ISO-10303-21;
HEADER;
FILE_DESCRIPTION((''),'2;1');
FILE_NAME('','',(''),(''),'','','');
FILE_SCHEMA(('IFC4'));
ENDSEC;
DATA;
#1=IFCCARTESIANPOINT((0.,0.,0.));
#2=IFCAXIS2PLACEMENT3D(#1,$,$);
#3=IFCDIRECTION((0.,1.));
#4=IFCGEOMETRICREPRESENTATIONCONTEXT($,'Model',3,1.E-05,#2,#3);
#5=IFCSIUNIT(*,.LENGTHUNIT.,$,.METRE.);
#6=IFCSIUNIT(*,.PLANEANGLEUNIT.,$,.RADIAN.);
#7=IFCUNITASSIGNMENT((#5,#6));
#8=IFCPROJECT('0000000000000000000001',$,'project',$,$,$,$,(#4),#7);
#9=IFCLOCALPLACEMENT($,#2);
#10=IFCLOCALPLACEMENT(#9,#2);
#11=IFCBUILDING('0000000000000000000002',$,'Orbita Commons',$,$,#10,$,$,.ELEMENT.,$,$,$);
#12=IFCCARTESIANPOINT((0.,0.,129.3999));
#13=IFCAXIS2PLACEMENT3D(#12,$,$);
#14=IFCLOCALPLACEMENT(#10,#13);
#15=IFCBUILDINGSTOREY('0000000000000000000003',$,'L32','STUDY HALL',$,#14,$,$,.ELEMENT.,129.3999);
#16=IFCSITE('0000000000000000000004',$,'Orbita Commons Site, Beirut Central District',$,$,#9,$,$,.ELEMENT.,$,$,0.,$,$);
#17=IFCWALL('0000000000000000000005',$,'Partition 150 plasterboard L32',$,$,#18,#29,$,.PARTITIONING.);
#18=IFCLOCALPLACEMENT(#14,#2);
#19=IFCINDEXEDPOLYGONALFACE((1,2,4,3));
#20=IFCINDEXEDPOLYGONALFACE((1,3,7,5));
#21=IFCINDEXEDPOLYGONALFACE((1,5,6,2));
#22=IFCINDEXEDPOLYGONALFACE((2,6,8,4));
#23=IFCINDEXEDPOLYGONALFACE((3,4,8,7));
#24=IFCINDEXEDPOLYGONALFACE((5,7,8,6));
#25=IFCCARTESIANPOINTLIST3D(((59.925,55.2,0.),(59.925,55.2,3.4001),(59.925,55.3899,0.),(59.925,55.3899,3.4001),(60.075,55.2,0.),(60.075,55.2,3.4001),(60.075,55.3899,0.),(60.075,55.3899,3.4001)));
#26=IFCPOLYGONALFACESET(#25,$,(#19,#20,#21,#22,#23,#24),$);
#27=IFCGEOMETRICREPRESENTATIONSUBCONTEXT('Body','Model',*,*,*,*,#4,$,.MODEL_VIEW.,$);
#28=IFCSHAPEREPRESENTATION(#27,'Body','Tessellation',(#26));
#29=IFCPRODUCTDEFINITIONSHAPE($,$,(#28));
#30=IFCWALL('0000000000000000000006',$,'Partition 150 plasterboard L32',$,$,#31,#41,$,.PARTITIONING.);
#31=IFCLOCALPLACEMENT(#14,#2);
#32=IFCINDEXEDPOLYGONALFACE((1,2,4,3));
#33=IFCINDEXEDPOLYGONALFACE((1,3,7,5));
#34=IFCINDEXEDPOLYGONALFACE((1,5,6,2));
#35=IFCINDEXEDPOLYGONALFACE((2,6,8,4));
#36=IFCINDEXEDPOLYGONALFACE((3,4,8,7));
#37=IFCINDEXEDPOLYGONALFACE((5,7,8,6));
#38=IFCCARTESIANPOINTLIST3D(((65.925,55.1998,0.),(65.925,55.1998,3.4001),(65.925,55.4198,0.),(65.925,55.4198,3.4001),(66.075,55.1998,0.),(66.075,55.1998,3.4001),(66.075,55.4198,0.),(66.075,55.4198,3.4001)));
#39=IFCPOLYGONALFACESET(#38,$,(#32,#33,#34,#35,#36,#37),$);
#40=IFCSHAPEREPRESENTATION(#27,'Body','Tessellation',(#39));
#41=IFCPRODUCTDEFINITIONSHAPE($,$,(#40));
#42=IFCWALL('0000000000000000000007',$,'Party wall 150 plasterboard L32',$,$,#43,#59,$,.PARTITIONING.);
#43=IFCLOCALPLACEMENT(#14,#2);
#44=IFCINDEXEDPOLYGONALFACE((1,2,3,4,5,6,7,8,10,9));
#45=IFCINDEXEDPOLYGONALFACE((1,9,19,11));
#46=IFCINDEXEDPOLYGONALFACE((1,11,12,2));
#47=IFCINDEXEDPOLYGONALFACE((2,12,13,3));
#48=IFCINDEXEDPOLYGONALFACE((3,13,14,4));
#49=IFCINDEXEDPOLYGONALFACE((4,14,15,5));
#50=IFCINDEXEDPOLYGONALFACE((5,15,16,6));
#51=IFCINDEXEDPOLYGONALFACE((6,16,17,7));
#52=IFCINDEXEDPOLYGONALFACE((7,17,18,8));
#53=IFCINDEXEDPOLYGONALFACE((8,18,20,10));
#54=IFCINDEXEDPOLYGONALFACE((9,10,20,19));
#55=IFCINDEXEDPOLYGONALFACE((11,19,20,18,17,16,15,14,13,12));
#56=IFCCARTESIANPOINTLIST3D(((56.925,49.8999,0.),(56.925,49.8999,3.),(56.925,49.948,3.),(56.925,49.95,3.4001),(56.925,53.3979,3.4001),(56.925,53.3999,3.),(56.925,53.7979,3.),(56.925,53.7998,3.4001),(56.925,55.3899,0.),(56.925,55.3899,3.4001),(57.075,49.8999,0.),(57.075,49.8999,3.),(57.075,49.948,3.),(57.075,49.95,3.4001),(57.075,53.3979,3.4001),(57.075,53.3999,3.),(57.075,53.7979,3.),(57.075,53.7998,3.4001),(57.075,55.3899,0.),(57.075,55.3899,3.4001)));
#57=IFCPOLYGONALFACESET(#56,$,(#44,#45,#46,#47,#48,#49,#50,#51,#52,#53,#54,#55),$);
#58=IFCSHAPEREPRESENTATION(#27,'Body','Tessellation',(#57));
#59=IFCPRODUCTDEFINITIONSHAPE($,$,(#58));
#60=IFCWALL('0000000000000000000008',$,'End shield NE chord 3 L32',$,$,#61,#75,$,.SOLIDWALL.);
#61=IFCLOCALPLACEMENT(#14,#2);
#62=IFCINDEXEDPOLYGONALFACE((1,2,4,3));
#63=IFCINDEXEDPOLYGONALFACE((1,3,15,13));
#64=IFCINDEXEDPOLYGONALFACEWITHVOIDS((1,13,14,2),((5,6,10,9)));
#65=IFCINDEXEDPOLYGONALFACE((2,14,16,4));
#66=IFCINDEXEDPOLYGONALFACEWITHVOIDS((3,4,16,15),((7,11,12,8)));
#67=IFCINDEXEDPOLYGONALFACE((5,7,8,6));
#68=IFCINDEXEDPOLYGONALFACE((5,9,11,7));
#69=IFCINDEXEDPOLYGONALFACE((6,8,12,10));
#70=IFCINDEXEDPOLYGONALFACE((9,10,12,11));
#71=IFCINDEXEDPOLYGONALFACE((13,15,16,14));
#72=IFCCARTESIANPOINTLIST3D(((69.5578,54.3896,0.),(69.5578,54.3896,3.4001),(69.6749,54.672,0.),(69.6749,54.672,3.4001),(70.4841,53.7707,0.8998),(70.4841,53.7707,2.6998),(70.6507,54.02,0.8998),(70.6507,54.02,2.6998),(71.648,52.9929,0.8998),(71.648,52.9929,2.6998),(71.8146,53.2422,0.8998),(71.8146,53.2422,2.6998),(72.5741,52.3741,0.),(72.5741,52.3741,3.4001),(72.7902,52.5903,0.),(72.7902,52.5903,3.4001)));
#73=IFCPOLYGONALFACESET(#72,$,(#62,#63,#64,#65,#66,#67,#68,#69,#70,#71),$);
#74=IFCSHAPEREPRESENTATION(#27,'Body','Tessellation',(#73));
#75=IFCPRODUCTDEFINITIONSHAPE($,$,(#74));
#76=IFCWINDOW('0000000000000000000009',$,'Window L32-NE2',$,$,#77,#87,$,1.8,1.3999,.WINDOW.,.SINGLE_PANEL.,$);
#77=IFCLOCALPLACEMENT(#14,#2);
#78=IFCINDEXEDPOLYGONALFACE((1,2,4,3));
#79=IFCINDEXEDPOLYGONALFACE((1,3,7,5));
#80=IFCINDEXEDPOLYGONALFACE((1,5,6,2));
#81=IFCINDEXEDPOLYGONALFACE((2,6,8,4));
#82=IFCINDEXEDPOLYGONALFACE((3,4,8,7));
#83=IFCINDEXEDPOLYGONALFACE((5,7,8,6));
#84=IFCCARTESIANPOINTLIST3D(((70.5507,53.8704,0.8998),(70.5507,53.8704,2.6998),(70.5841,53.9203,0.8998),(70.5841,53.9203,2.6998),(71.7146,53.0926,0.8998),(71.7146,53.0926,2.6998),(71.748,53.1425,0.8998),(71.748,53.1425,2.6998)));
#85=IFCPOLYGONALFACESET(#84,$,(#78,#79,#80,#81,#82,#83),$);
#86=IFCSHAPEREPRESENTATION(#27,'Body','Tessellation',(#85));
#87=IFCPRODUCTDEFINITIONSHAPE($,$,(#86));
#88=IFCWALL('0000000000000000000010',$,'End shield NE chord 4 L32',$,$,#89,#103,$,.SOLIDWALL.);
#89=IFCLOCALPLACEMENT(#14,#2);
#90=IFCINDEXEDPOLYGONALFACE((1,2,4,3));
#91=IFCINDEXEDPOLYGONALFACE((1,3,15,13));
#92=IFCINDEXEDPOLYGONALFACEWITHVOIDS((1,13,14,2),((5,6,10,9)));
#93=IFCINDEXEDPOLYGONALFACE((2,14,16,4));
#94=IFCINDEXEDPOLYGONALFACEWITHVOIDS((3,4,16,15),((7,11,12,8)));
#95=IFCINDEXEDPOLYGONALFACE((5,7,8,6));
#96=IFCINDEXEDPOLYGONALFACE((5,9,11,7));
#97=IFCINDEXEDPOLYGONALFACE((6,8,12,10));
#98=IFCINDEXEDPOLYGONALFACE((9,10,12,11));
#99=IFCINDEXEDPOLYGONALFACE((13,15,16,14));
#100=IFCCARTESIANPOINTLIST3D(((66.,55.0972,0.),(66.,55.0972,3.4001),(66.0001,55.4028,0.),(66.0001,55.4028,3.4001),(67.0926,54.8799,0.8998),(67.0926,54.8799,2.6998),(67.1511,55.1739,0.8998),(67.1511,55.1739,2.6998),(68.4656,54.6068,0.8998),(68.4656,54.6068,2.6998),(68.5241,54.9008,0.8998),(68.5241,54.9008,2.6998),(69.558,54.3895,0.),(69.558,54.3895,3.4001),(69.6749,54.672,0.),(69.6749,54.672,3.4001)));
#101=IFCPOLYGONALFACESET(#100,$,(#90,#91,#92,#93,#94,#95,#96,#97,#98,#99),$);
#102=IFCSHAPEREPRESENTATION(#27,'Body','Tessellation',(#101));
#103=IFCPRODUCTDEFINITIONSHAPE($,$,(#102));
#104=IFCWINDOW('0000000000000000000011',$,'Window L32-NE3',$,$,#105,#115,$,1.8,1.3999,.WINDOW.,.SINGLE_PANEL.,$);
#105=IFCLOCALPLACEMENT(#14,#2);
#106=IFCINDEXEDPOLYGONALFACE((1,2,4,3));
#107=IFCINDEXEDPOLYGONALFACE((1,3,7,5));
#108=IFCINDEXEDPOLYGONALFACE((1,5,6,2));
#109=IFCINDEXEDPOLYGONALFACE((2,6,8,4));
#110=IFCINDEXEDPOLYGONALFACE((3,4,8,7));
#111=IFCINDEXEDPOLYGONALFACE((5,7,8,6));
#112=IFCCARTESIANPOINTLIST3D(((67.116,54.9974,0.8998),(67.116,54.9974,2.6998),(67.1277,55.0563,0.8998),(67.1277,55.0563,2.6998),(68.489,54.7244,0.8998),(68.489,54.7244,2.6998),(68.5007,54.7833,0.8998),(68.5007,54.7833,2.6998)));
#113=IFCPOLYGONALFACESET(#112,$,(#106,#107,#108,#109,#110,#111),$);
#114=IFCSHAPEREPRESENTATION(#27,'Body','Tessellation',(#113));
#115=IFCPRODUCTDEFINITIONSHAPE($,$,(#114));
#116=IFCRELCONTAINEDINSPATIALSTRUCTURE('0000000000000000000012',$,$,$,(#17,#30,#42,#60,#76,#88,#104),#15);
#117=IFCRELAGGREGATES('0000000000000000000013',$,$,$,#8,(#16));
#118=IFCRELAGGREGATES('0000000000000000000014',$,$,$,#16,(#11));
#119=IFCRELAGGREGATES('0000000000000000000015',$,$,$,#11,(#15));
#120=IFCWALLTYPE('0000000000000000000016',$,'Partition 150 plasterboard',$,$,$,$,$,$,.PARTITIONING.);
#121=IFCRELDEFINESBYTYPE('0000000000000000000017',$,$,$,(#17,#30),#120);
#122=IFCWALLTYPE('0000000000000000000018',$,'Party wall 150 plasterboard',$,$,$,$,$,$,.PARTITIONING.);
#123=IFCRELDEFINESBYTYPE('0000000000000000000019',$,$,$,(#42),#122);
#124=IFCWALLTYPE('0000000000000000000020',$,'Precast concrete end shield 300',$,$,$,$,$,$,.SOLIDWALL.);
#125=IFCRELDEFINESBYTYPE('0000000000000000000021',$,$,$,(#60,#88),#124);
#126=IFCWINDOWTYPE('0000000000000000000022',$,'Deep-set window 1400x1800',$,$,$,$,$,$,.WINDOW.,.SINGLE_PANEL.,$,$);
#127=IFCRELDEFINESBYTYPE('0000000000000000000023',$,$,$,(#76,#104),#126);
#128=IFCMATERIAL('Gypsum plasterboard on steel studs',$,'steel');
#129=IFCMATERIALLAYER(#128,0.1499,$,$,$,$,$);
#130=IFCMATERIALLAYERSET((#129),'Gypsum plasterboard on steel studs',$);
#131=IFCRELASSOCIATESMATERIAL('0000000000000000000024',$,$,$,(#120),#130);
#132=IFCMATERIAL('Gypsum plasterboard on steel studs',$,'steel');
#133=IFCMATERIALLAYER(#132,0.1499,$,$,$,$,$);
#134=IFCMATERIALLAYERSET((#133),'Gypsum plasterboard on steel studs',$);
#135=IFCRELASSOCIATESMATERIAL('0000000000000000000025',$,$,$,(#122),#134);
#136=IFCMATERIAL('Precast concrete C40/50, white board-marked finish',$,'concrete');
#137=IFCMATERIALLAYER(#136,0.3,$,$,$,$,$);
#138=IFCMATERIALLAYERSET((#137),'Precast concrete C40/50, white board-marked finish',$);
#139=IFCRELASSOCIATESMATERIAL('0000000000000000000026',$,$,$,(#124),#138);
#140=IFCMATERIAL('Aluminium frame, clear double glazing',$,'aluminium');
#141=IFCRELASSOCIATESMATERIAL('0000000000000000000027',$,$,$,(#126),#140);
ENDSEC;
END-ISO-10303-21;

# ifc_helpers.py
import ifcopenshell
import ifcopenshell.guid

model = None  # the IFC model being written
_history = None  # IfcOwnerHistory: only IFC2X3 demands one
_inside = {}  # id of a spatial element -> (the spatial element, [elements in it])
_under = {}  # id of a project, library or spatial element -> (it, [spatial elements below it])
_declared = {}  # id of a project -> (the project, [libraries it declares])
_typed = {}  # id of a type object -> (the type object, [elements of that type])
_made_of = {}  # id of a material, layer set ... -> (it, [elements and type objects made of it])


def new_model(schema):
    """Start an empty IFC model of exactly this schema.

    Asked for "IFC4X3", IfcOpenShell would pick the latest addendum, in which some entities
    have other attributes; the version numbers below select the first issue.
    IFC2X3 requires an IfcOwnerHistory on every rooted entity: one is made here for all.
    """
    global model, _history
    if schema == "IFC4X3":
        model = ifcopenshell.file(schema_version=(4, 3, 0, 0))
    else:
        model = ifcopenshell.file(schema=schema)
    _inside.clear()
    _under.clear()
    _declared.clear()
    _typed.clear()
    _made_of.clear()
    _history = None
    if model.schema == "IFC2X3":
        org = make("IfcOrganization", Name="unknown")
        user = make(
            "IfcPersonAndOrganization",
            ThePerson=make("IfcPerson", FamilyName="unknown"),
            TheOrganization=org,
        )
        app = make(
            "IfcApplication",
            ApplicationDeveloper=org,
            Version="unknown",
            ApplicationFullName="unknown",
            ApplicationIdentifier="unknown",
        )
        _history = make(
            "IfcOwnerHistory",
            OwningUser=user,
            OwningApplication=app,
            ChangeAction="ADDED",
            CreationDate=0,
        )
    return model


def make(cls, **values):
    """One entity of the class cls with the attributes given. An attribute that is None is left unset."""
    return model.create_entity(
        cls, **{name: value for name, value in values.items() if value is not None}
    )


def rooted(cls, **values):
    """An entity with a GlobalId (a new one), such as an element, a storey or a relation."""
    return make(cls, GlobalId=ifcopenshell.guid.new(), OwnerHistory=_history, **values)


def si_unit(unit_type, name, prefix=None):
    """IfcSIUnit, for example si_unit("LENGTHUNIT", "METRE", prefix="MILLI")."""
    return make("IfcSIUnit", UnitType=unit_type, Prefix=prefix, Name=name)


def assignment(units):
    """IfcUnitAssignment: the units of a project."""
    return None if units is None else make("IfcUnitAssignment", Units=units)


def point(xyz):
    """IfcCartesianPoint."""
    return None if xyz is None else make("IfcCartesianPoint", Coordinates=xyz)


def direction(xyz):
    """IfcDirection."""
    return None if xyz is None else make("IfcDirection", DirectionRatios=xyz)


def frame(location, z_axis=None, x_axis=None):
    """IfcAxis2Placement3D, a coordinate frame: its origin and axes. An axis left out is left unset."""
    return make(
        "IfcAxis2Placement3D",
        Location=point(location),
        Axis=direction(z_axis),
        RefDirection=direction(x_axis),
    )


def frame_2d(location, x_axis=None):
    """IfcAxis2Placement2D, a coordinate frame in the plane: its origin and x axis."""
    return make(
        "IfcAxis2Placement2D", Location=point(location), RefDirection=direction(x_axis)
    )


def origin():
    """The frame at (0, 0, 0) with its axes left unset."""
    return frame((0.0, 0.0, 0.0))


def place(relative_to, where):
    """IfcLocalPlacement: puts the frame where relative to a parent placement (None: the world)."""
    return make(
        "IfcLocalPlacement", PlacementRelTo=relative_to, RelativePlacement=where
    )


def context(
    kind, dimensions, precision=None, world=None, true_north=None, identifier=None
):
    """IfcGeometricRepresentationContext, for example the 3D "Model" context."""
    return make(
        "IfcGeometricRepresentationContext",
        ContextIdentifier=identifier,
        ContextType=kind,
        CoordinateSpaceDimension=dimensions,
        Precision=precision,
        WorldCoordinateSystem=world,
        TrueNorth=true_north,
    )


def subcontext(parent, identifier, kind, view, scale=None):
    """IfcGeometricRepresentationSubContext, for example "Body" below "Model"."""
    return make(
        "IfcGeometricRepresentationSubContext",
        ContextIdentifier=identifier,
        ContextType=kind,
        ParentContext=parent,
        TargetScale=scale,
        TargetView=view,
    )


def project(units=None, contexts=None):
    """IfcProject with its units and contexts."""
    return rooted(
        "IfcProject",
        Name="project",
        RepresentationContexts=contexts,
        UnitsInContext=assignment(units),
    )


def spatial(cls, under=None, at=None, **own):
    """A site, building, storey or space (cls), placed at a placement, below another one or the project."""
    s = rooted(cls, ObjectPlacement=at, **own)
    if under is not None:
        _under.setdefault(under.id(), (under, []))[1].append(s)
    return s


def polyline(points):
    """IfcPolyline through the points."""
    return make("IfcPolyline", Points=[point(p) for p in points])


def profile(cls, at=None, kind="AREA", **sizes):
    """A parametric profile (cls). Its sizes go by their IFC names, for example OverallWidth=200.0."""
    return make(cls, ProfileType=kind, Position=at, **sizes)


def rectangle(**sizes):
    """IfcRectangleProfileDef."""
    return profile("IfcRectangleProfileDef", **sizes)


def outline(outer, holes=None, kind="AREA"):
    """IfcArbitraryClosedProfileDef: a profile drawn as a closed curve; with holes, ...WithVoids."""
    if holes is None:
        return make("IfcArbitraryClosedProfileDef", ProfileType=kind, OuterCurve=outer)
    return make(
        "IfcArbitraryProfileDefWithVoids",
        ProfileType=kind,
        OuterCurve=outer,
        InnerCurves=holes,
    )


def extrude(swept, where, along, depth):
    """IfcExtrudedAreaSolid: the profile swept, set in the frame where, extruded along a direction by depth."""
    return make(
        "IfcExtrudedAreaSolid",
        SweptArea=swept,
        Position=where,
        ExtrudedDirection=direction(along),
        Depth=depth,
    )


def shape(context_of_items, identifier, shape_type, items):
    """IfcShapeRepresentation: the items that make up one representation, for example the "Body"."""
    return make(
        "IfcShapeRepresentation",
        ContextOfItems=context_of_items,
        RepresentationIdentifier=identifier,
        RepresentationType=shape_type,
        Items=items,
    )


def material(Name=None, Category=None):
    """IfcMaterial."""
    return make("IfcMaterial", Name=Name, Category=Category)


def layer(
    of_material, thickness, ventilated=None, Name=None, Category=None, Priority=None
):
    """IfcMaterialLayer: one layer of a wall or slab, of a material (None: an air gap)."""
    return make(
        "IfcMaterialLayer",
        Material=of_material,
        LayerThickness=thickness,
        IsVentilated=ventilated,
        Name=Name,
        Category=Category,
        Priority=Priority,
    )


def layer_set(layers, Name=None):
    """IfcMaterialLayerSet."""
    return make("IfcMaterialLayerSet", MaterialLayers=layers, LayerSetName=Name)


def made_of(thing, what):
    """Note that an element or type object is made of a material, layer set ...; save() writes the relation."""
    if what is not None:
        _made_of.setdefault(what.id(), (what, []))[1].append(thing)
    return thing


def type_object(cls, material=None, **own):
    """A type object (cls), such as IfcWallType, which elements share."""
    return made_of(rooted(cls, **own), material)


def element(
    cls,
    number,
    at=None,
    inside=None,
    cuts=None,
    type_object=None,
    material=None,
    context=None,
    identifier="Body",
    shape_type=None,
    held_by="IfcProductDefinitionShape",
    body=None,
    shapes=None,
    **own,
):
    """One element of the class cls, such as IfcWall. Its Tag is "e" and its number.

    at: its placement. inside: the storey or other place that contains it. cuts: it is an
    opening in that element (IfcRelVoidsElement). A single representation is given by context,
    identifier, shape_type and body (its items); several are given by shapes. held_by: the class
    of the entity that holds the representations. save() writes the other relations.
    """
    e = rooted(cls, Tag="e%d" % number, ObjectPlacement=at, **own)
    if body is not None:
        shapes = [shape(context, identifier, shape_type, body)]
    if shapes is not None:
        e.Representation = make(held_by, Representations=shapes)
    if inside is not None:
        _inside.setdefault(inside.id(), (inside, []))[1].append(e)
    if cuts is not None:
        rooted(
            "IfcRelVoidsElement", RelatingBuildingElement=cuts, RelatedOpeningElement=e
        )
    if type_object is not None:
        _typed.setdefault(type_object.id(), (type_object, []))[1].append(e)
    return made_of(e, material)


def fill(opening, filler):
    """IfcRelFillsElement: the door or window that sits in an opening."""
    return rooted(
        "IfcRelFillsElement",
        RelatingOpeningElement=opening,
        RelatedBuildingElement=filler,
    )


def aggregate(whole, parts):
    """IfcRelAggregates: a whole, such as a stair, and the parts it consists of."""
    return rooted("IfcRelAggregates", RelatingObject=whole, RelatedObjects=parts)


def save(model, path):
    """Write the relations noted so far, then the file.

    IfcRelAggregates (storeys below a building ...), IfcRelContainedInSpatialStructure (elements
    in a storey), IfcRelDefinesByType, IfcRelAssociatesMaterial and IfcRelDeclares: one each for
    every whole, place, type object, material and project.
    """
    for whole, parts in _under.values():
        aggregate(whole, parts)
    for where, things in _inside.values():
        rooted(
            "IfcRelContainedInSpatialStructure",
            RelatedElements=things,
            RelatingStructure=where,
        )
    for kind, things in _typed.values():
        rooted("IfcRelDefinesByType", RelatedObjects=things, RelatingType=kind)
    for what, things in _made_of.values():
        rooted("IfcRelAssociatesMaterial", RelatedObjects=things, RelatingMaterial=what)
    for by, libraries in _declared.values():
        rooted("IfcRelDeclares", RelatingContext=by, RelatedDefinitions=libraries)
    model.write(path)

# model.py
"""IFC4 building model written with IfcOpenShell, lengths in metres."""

from ifc_helpers import new_model, si_unit, direction, frame, frame_2d, origin, place, context, subcontext, project, spatial, polyline, rectangle, outline, extrude, material, layer, layer_set, type_object, element, fill, save


model = new_model("IFC4")

# Units and contexts
model_context = context("Model", 3, precision=1e-05, world=origin(), true_north=direction((0.0, 1.0)))
body_context = subcontext(model_context, "Body", "Model", "MODEL_VIEW")
ifc_project = project(units=[si_unit("LENGTHUNIT", "METRE"), si_unit("PLANEANGLEUNIT", "RADIAN")], contexts=[model_context])

# Site, building, storey
site_placement = place(None, origin())
site = spatial("IfcSite", under=ifc_project, at=site_placement, Name="Orbita Commons Site, Beirut Central District", CompositionType="ELEMENT", RefElevation=0.0)
building_placement = place(site_placement, origin())
building = spatial("IfcBuilding", under=site, at=building_placement, Name="Orbita Commons", CompositionType="ELEMENT")
storey_placement = place(building_placement, frame((0.0, 0.0, 129.3999)))
storey = spatial("IfcBuildingStorey", under=building, at=storey_placement, Name="L32", Description="STUDY HALL", CompositionType="ELEMENT", Elevation=129.3999)

# Walls
ifc_material_1 = material(Name="Gypsum plasterboard on steel studs", Category="steel")
ifc_layer_1 = layer(ifc_material_1, 0.1499)
ifc_layer_set_1 = layer_set([ifc_layer_1], Name="Gypsum plasterboard on steel studs")
wall_type_1 = type_object("IfcWallType", Name="Partition 150 plasterboard", PredefinedType="PARTITIONING", material=ifc_layer_set_1)
wall_1_placement = place(storey_placement, frame((60.0, 55.2, 0.0), z_axis=(0.0, 0.0, 1.0), x_axis=(0.0, 1.0, 0.0)))
element("IfcWall", 1, at=wall_1_placement, inside=storey, type_object=wall_type_1, Name="Partition 150 plasterboard L32", PredefinedType="PARTITIONING", context=body_context, shape_type="SweptSolid", body=[
    extrude(rectangle(XDim=0.1899, YDim=0.1499, at=frame_2d((0.095, 0.0))), origin(), (0.0, 0.0, 1.0), 3.4001),
])
wall_2_placement = place(storey_placement, frame((66.0, 55.2, 0.0), z_axis=(0.0, 0.0, 1.0), x_axis=(0.0, 1.0, 0.0)))
element("IfcWall", 2, at=wall_2_placement, inside=storey, type_object=wall_type_1, Name="Partition 150 plasterboard L32", PredefinedType="PARTITIONING", context=body_context, shape_type="SweptSolid", body=[
    extrude(rectangle(XDim=0.22, YDim=0.1499, at=frame_2d((0.1099, 0.0))), origin(), (0.0, 0.0, 1.0), 3.4001),
])
ifc_material_2 = material(Name="Gypsum plasterboard on steel studs", Category="steel")
ifc_layer_2 = layer(ifc_material_2, 0.1499)
ifc_layer_set_2 = layer_set([ifc_layer_2], Name="Gypsum plasterboard on steel studs")
wall_type_2 = type_object("IfcWallType", Name="Party wall 150 plasterboard", PredefinedType="PARTITIONING", material=ifc_layer_set_2)
wall_3_placement = place(storey_placement, frame((57.0, 55.3899, 0.0), z_axis=(0.0, 0.0, 1.0), x_axis=(0.0, -1.0, 0.0)))
element("IfcWall", 3, at=wall_3_placement, inside=storey, type_object=wall_type_2, Name="Party wall 150 plasterboard L32", PredefinedType="PARTITIONING", context=body_context, shape_type="SweptSolid", body=[
    extrude(outline(polyline([(0.0, 0.0), (5.49, 0.0), (5.49, 3.0), (5.4419, 3.0), (5.4399, 3.4001), (1.9919, 3.4001), (1.99, 3.0), (1.592, 3.0), (1.5901, 3.4001), (0.0, 3.4001), (0.0, 0.0)])), frame((0.0, 0.075, 0.0), z_axis=(0.0, -1.0, 0.0), x_axis=(1.0, 0.0, 0.0)), (0.0, 0.0, 1.0), 0.1499),
])

# Walls, openings, windows
ifc_material_3 = material(Name="Precast concrete C40/50, white board-marked finish", Category="concrete")
ifc_layer_3 = layer(ifc_material_3, 0.3)
ifc_layer_set_3 = layer_set([ifc_layer_3], Name="Precast concrete C40/50, white board-marked finish")
wall_type_3 = type_object("IfcWallType", Name="Precast concrete end shield 300", PredefinedType="SOLIDWALL", material=ifc_layer_set_3)
wall_4_placement = place(storey_placement, frame((72.6821, 52.4822, 0.0), z_axis=(0.0, 0.0, 1.0), x_axis=(-0.831449, 0.555601, 0.0)))
wall_4 = element("IfcWall", 4, at=wall_4_placement, inside=storey, type_object=wall_type_3, Name="End shield NE chord 3 L32", PredefinedType="SOLIDWALL", context=body_context, shape_type="SweptSolid", body=[
    extrude(outline(polyline([(-0.0298, -0.1499), (3.717, -0.1499), (3.6575, 0.1499), (0.0298, 0.1499), (-0.0298, -0.1499)])), origin(), (0.0, 0.0, 1.0), 3.4001),
])
opening_1_placement = place(wall_4_placement, frame((1.1436, 0.0, 0.8999)))
opening_1 = element("IfcOpeningElement", 5, at=opening_1_placement, cuts=wall_4, PredefinedType="OPENING", context=body_context, shape_type="SweptSolid", body=[
    extrude(rectangle(XDim=1.3999, YDim=1.8, at=frame_2d((0.7, 0.8999))), frame((0.0, 0.1599, 0.0), z_axis=(0.0, -1.0, 0.0), x_axis=(1.0, 0.0, 0.0)), (0.0, 0.0, 1.0), 0.3201),
])
ifc_material_4 = material(Name="Aluminium frame, clear double glazing", Category="aluminium")
window_type = type_object("IfcWindowType", Name="Deep-set window 1400x1800", PartitioningType="SINGLE_PANEL", PredefinedType="WINDOW", material=ifc_material_4)
window_1_placement = place(opening_1_placement, origin())
window_1 = element("IfcWindow", 6, at=window_1_placement, inside=storey, type_object=window_type, Name="Window L32-NE2", OverallHeight=1.8, OverallWidth=1.3999, PartitioningType="SINGLE_PANEL", PredefinedType="WINDOW", context=body_context, shape_type="SweptSolid", body=[
    extrude(rectangle(XDim=1.3999, YDim=1.8, at=frame_2d((0.7, 0.8999))), frame((0.0, 0.03, 0.0), z_axis=(0.0, -1.0, 0.0), x_axis=(1.0, 0.0, 0.0)), (0.0, 0.0, 1.0), 0.0601),
])
fill(opening_1, window_1)
wall_5_placement = place(storey_placement, frame((69.6165, 54.5308, 0.0), z_axis=(0.0, 0.0, 1.0), x_axis=(-0.980791, 0.195059, 0.0)))
wall_5 = element("IfcWall", 7, at=wall_5_placement, inside=storey, type_object=wall_type_3, Name="End shield NE chord 4 L32", PredefinedType="SOLIDWALL", context=body_context, shape_type="SweptSolid", body=[
    extrude(outline(polyline([(-0.0298, -0.1499), (3.717, -0.1499), (3.6575, 0.1499), (0.0298, 0.1499), (-0.0298, -0.1499)])), origin(), (0.0, 0.0, 1.0), 3.4001),
])
opening_2_placement = place(wall_5_placement, frame((1.1436, 0.0, 0.8999)))
opening_2 = element("IfcOpeningElement", 8, at=opening_2_placement, cuts=wall_5, PredefinedType="OPENING", context=body_context, shape_type="SweptSolid", body=[
    extrude(rectangle(XDim=1.3999, YDim=1.8, at=frame_2d((0.7, 0.8999))), frame((0.0, 0.1599, 0.0), z_axis=(0.0, -1.0, 0.0), x_axis=(1.0, 0.0, 0.0)), (0.0, 0.0, 1.0), 0.3201),
])
window_2_placement = place(opening_2_placement, origin())
window_2 = element("IfcWindow", 9, at=window_2_placement, inside=storey, type_object=window_type, Name="Window L32-NE3", OverallHeight=1.8, OverallWidth=1.3999, PartitioningType="SINGLE_PANEL", PredefinedType="WINDOW", context=body_context, shape_type="SweptSolid", body=[
    extrude(rectangle(XDim=1.3999, YDim=1.8, at=frame_2d((0.7, 0.8999))), frame((0.0, 0.03, 0.0), z_axis=(0.0, -1.0, 0.0), x_axis=(1.0, 0.0, 0.0)), (0.0, 0.0, 1.0), 0.0601),
])
fill(opening_2, window_2)

save(model, "model.ifc")
